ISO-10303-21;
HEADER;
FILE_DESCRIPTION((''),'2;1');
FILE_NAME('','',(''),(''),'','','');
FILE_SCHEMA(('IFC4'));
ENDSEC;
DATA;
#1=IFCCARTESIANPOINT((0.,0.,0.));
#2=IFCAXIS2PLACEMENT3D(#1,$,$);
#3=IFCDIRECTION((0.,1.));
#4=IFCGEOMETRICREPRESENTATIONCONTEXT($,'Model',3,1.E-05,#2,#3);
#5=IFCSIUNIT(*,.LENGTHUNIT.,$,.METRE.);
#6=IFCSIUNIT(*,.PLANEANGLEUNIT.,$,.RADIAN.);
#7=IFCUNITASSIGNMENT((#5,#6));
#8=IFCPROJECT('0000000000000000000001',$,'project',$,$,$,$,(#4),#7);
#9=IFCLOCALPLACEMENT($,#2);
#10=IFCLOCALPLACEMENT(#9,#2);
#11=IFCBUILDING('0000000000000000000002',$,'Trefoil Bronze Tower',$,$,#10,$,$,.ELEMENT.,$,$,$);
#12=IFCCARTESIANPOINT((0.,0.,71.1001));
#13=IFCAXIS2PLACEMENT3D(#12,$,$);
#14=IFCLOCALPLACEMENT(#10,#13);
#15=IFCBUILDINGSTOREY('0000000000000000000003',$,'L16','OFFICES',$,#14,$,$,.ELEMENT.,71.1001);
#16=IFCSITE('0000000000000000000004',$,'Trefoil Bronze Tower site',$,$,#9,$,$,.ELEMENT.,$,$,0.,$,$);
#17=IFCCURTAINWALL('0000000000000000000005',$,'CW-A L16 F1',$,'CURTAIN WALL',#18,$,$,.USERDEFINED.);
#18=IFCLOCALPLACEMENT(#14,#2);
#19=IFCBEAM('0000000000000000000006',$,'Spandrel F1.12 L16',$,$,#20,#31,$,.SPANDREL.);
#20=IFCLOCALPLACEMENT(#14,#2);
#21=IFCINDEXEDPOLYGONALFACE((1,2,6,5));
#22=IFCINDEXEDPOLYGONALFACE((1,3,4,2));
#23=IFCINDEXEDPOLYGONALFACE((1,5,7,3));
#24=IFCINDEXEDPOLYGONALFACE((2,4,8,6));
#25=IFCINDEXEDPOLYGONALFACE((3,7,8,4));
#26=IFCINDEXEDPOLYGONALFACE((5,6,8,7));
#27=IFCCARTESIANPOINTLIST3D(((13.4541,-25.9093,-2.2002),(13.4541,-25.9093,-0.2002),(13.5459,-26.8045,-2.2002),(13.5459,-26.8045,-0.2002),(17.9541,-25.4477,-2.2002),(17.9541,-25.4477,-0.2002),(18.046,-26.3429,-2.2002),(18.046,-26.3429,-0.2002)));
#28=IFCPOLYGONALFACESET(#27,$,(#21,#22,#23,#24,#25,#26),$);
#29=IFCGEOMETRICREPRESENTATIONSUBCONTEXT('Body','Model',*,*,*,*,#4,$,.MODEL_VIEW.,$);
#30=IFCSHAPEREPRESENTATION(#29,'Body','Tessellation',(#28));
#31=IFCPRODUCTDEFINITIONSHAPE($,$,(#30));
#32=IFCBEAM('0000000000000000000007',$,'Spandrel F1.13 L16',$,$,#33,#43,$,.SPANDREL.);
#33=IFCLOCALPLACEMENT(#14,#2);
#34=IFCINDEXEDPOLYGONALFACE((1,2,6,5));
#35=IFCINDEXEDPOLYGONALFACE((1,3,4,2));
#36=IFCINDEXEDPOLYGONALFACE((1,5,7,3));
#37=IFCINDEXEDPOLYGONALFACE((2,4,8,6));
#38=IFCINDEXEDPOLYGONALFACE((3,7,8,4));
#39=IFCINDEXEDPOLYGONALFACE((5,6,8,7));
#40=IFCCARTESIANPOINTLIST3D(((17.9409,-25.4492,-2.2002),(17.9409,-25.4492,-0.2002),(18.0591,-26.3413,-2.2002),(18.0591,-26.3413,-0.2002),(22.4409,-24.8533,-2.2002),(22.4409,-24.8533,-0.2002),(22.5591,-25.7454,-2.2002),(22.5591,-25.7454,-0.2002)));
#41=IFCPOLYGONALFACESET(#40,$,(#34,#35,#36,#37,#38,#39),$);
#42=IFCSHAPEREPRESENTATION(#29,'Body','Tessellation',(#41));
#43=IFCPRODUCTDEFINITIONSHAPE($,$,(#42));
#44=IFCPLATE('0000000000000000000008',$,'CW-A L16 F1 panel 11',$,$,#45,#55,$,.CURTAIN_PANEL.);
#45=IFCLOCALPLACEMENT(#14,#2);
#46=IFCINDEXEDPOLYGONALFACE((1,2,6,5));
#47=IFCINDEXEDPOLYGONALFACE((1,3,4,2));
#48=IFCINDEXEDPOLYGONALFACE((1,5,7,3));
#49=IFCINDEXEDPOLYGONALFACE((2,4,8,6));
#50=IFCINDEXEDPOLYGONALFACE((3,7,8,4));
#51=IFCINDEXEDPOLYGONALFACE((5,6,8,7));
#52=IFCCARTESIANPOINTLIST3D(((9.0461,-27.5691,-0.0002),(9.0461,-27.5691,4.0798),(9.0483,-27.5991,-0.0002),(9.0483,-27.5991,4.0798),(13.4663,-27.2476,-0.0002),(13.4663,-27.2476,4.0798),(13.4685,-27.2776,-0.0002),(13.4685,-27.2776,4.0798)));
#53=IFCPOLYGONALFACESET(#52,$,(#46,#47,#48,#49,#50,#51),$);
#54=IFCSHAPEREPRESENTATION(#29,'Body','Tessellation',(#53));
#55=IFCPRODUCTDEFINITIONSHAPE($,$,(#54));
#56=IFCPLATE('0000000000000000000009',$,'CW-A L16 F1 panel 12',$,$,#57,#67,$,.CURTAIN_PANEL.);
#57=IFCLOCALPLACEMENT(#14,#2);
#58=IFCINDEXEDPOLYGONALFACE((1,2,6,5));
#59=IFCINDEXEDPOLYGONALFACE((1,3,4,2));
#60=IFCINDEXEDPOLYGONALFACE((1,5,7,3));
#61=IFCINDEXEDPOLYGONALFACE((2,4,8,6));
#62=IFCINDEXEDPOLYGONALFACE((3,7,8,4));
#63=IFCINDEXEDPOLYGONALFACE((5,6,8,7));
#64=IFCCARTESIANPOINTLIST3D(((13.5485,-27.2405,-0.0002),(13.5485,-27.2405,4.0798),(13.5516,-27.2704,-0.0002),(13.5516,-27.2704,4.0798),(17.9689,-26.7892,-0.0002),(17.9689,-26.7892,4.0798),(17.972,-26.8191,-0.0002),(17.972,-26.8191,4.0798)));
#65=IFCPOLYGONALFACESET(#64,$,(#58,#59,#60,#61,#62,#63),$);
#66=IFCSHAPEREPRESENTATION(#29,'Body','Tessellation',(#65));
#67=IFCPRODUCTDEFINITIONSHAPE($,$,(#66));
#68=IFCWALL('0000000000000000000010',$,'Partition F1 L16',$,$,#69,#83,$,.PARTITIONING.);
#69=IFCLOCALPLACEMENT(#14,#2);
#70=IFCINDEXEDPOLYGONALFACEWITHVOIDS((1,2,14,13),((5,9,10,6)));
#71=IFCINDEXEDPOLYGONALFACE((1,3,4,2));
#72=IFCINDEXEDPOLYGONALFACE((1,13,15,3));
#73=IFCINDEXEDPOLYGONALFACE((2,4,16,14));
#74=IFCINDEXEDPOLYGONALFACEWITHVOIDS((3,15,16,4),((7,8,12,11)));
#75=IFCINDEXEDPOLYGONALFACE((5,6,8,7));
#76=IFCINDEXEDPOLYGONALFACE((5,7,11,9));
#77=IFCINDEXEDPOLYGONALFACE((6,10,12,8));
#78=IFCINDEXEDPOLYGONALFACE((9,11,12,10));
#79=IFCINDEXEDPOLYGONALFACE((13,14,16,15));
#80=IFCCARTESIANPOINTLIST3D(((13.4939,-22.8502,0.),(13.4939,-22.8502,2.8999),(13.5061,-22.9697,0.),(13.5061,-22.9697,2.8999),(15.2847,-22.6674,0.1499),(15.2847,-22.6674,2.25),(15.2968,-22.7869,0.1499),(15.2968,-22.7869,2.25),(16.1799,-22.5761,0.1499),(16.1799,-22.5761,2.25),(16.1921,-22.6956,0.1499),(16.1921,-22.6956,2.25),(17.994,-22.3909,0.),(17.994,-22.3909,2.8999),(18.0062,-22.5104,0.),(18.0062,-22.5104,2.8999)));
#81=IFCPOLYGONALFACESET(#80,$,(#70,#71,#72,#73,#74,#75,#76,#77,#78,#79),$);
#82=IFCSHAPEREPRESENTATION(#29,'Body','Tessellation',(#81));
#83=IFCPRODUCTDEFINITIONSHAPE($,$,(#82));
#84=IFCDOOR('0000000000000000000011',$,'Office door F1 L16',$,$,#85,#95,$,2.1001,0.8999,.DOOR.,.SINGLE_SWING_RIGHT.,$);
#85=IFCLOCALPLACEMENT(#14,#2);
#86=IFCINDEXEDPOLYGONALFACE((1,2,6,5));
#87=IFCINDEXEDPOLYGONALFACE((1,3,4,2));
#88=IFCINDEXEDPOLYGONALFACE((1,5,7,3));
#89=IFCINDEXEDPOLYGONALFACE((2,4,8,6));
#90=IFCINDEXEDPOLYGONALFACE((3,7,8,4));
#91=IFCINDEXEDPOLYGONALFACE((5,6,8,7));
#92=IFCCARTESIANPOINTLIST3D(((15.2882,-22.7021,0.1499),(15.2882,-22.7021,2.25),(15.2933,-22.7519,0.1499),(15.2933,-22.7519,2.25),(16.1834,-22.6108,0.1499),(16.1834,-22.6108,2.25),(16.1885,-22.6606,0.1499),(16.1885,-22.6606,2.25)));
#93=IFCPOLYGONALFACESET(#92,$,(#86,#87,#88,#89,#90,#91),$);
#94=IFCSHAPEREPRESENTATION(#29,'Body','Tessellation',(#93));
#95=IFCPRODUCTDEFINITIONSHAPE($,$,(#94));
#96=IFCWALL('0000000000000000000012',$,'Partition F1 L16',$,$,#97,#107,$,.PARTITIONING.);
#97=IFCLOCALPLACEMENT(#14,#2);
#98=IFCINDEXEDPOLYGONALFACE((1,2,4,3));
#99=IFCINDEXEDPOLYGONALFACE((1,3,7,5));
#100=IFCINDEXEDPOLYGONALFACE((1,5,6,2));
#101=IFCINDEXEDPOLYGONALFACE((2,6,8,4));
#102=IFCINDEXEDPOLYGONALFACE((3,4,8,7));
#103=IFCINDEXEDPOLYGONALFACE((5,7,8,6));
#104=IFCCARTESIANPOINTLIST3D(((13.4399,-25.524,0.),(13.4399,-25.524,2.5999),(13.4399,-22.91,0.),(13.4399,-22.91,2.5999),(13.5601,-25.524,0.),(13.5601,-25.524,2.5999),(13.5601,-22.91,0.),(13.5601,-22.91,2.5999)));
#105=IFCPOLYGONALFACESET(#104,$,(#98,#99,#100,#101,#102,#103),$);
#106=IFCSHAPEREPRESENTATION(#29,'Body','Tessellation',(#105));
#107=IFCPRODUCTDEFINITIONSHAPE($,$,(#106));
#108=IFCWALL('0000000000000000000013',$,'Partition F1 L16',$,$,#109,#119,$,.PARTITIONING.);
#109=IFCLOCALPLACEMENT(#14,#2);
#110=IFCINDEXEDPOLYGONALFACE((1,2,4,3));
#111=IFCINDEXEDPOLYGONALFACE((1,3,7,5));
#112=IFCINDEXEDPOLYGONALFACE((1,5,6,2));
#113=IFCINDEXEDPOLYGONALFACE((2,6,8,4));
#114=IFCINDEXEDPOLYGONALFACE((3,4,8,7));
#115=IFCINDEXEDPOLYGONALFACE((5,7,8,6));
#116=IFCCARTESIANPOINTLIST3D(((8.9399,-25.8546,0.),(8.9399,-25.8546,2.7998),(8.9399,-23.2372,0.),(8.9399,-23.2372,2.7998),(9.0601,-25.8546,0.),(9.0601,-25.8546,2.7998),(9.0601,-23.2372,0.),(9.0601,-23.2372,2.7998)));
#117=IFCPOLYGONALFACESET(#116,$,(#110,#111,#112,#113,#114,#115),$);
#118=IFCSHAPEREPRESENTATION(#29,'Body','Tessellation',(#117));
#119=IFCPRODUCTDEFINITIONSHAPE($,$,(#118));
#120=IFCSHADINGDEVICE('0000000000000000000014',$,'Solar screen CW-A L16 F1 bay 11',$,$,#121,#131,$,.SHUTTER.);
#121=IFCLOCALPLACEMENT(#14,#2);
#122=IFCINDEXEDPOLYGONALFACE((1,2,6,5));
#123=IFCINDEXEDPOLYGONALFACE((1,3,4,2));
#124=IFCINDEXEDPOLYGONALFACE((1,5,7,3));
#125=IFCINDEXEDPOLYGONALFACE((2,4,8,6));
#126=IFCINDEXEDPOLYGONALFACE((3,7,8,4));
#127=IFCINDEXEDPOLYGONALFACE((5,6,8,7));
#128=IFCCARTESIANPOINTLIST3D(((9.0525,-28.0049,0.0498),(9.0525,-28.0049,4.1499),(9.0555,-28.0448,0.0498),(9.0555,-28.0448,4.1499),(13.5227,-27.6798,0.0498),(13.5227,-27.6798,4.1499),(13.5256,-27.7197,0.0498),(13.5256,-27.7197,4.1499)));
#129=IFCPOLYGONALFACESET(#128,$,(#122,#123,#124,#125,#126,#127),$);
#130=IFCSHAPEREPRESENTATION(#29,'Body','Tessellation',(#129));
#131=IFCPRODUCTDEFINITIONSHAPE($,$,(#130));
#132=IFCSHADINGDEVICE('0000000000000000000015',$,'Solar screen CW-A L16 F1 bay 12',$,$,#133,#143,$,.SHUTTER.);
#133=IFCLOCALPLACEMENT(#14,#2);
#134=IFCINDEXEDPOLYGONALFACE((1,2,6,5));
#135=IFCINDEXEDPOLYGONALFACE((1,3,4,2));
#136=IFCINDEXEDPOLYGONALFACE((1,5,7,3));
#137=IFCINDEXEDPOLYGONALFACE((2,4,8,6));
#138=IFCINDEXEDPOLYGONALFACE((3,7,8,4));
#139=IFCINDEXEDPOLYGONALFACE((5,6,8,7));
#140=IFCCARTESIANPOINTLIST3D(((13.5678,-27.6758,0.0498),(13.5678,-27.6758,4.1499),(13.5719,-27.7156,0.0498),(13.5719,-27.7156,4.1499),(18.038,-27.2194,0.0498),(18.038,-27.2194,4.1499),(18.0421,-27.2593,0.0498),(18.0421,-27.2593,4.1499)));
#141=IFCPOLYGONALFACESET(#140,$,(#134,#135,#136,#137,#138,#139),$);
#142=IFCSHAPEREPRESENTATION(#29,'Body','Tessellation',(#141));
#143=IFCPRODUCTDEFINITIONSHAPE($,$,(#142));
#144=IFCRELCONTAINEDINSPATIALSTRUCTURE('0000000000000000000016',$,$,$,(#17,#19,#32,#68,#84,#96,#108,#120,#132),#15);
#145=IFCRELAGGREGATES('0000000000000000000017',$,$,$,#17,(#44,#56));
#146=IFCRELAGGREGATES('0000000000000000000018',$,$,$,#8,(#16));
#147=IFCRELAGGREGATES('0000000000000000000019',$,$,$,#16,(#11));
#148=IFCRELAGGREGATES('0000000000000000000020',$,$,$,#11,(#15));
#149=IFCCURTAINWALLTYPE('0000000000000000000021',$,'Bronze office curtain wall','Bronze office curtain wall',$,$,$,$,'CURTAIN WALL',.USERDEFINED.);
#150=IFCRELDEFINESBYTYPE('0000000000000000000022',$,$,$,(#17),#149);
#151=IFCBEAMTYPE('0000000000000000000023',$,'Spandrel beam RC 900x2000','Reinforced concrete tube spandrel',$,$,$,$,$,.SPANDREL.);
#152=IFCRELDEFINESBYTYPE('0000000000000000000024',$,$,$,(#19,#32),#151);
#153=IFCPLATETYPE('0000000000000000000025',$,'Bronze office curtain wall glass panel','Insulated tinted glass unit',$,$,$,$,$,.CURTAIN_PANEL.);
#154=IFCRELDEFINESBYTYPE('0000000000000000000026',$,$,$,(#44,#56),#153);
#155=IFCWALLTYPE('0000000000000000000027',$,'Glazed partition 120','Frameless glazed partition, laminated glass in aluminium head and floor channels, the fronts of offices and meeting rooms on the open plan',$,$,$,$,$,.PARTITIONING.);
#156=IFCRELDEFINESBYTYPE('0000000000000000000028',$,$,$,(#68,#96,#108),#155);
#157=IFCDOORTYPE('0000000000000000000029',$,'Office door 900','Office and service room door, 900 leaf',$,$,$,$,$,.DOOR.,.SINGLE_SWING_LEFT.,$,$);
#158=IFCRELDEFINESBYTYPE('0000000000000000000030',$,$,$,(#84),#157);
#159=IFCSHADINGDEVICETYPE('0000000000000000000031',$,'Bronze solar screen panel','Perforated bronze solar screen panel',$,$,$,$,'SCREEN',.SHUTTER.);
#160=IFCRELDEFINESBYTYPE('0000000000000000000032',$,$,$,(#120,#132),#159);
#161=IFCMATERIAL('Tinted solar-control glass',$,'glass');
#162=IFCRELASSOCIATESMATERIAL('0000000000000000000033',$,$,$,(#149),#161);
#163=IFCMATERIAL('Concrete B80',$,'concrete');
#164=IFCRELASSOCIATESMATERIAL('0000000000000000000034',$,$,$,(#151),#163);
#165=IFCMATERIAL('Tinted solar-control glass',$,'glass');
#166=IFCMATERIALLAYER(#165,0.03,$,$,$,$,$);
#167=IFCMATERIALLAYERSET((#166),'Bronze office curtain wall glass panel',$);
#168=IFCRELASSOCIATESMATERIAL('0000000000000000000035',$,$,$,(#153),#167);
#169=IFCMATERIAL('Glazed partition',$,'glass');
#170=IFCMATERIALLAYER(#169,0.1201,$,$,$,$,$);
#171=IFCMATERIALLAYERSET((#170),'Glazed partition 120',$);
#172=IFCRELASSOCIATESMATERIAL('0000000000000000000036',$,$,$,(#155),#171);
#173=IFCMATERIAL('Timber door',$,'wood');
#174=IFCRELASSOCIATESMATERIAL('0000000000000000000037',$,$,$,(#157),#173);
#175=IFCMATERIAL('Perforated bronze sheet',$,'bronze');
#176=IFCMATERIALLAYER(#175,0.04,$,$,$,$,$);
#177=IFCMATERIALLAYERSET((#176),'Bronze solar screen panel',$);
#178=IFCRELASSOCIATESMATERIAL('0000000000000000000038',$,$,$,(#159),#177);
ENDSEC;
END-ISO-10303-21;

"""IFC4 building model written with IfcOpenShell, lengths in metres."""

from ifc_helpers import new_model, si_unit, direction, frame, frame_2d, origin, origin_2d, place, context, subcontext, project, spatial, rectangle, extrude, material, layer, layer_set, material_profile, profile_set, type_object, element, fill, aggregate, save


model = new_model("IFC4")

# Units and contexts
model_context = context("Model", 3, precision=1e-05, world=origin(), true_north=direction((0.0, 1.0)))
body_context = subcontext(model_context, "Body", "Model", "MODEL_VIEW")
ifc_project = project(units=[si_unit("LENGTHUNIT", "METRE"), si_unit("PLANEANGLEUNIT", "RADIAN")], contexts=[model_context])

# Site, building, storey
site_placement = place(None, origin())
site = spatial("IfcSite", under=ifc_project, at=site_placement, Name="Trefoil Bronze Tower site", CompositionType="ELEMENT", RefElevation=0.0)
building_placement = place(site_placement, origin())
building = spatial("IfcBuilding", under=site, at=building_placement, Name="Trefoil Bronze Tower", CompositionType="ELEMENT")
storey_placement = place(building_placement, frame((0.0, 0.0, 71.1001)))
storey = spatial("IfcBuildingStorey", under=building, at=storey_placement, Name="L16", Description="OFFICES", CompositionType="ELEMENT", Elevation=71.1001)

# Curtain wall
ifc_material_1 = material(Name="Tinted solar-control glass", Category="glass")
curtain_wall_type = type_object("IfcCurtainWallType", Name="Bronze office curtain wall", Description="Bronze office curtain wall", ElementType="CURTAIN WALL", PredefinedType="USERDEFINED", material=ifc_material_1)
curtain_wall_placement = place(storey_placement, origin())
curtain_wall = element("IfcCurtainWall", 1, at=curtain_wall_placement, inside=storey, type_object=curtain_wall_type, Name="CW-A L16 F1", ObjectType="CURTAIN WALL", PredefinedType="USERDEFINED")

# Beams
ifc_material_2 = material(Name="Concrete B80", Category="concrete")
ifc_material_profile_1 = material_profile(ifc_material_2, rectangle(XDim=0.8999, YDim=2.0, at=origin_2d()), Name="RC 900x2000")
ifc_profile_set_1 = profile_set([ifc_material_profile_1], Name="Concrete B80")
beam_type_1 = type_object("IfcBeamType", Name="Spandrel beam RC 900x2000", Description="Reinforced concrete tube spandrel", PredefinedType="SPANDREL", material=ifc_profile_set_1)
beam_1_placement = place(storey_placement, frame((13.5, -26.3569, -1.2002), z_axis=(0.994778, 0.102058, 0.0), x_axis=(-0.102058, 0.994778, 0.0)))
element("IfcBeam", 2, at=beam_1_placement, inside=storey, type_object=beam_type_1, Name="Spandrel F1.12 L16", PredefinedType="SPANDREL", context=body_context, shape_type="SweptSolid", body=[
    extrude(rectangle(XDim=0.8999, YDim=2.0, at=origin_2d()), origin(), (0.0, 0.0, 1.0), 4.5237),
])
beam_2_placement = place(storey_placement, frame((18.0, -25.8953, -1.2002), z_axis=(0.991344, 0.131286, 0.0), x_axis=(-0.131286, 0.991344, 0.0)))
element("IfcBeam", 3, at=beam_2_placement, inside=storey, type_object=beam_type_1, Name="Spandrel F1.13 L16", PredefinedType="SPANDREL", context=body_context, shape_type="SweptSolid", body=[
    extrude(rectangle(XDim=0.8999, YDim=2.0, at=origin_2d()), origin(), (0.0, 0.0, 1.0), 4.5393),
])

# Plates
ifc_material_3 = material(Name="Tinted solar-control glass", Category="glass")
ifc_layer_1 = layer(ifc_material_3, 0.03)
ifc_layer_set_1 = layer_set([ifc_layer_1], Name="Bronze office curtain wall glass panel")
plate_type = type_object("IfcPlateType", Name="Bronze office curtain wall glass panel", Description="Insulated tinted glass unit", PredefinedType="CURTAIN_PANEL", material=ifc_layer_set_1)
plate_1_placement = place(storey_placement, frame((11.2573, -27.4233, -0.0002), z_axis=(0.0, 0.0, 1.0), x_axis=(0.997365, 0.072547, 0.0)))
plate_1 = element("IfcPlate", 4, at=plate_1_placement, type_object=plate_type, Name="CW-A L16 F1 panel 11", PredefinedType="CURTAIN_PANEL", context=body_context, shape_type="SweptSolid", body=[
    extrude(rectangle(XDim=4.4319, YDim=0.03, at=origin_2d()), origin(), (0.0, 0.0, 1.0), 4.0801),
])
plate_2_placement = place(storey_placement, frame((15.7603, -27.0298, -0.0002), z_axis=(0.0, 0.0, 1.0), x_axis=(0.994829, 0.101565, 0.0)))
plate_2 = element("IfcPlate", 5, at=plate_2_placement, type_object=plate_type, Name="CW-A L16 F1 panel 12", PredefinedType="CURTAIN_PANEL", context=body_context, shape_type="SweptSolid", body=[
    extrude(rectangle(XDim=4.4434, YDim=0.03, at=origin_2d()), origin(), (0.0, 0.0, 1.0), 4.0801),
])
aggregate(curtain_wall, [plate_1, plate_2])

# Wall, opening, door
ifc_material_4 = material(Name="Glazed partition", Category="glass")
ifc_layer_2 = layer(ifc_material_4, 0.1201)
ifc_layer_set_2 = layer_set([ifc_layer_2], Name="Glazed partition 120")
wall_type = type_object("IfcWallType", Name="Glazed partition 120", Description="Frameless glazed partition, laminated glass in aluminium head and floor channels, the fronts of offices and meeting rooms on the open plan", PredefinedType="PARTITIONING", material=ifc_layer_set_2)
wall_1_placement = place(storey_placement, frame((13.5, -22.9099, 0.0), z_axis=(0.0, 0.0, 1.0), x_axis=(0.994833, 0.101523, 0.0)))
wall_1 = element("IfcWall", 6, at=wall_1_placement, inside=storey, type_object=wall_type, Name="Partition F1 L16", PredefinedType="PARTITIONING", context=body_context, shape_type="SweptSolid", body=[
    extrude(rectangle(XDim=4.5234, YDim=0.1201, at=frame_2d((2.2617, 0.0))), origin(), (0.0, 0.0, 1.0), 2.8999),
])
opening_placement = place(wall_1_placement, frame((1.8, 0.0, 0.1499)))
opening = element("IfcOpeningElement", 7, at=opening_placement, cuts=wall_1, PredefinedType="OPENING", context=body_context, shape_type="SweptSolid", body=[
    extrude(rectangle(XDim=0.8999, YDim=2.1001, at=frame_2d((0.45, 1.05))), frame((0.0, 0.0701, 0.0), z_axis=(0.0, -1.0, 0.0), x_axis=(1.0, 0.0, 0.0)), (0.0, 0.0, 1.0), 0.1401),
])
ifc_material_5 = material(Name="Timber door", Category="wood")
door_type = type_object("IfcDoorType", Name="Office door 900", Description="Office and service room door, 900 leaf", OperationType="SINGLE_SWING_LEFT", PredefinedType="DOOR", material=ifc_material_5)
door_placement = place(opening_placement, frame((0.8999, 0.0, 0.0), z_axis=(0.0, 0.0, 1.0), x_axis=(-1.0, 0.0, 0.0)))
door = element("IfcDoor", 8, at=door_placement, inside=storey, type_object=door_type, Name="Office door F1 L16", OperationType="SINGLE_SWING_RIGHT", OverallHeight=2.1001, OverallWidth=0.8999, PredefinedType="DOOR", context=body_context, shape_type="SweptSolid", body=[
    extrude(rectangle(XDim=0.8999, YDim=2.1001, at=frame_2d((0.45, 1.05))), frame((0.0, 0.0249, 0.0), z_axis=(0.0, -1.0, 0.0), x_axis=(1.0, 0.0, 0.0)), (0.0, 0.0, 1.0), 0.05),
])
fill(opening, door)

# Walls
wall_2_placement = place(storey_placement, frame((13.5, -22.9099, 0.0), z_axis=(0.0, 0.0, 1.0), x_axis=(0.0, -1.0, 0.0)))
element("IfcWall", 9, at=wall_2_placement, inside=storey, type_object=wall_type, Name="Partition F1 L16", PredefinedType="PARTITIONING", context=body_context, shape_type="SweptSolid", body=[
    extrude(rectangle(XDim=2.614, YDim=0.1201, at=frame_2d((1.3071, 0.0))), origin(), (0.0, 0.0, 1.0), 2.5999),
])
wall_3_placement = place(storey_placement, frame((9.0, -23.2373, 0.0), z_axis=(0.0, 0.0, 1.0), x_axis=(0.0, -1.0, 0.0)))
element("IfcWall", 10, at=wall_3_placement, inside=storey, type_object=wall_type, Name="Partition F1 L16", PredefinedType="PARTITIONING", context=body_context, shape_type="SweptSolid", body=[
    extrude(rectangle(XDim=2.6174, YDim=0.1201, at=frame_2d((1.3086, 0.0))), origin(), (0.0, 0.0, 1.0), 2.7998),
])

# Shading devices
ifc_material_6 = material(Name="Perforated bronze sheet", Category="bronze")
ifc_layer_3 = layer(ifc_material_6, 0.04)
ifc_layer_set_3 = layer_set([ifc_layer_3], Name="Bronze solar screen panel")
shading_device_type = type_object("IfcShadingDeviceType", Name="Bronze solar screen panel", Description="Perforated bronze solar screen panel", ElementType="SCREEN", PredefinedType="SHUTTER", material=ifc_layer_set_3)
shading_device_1_placement = place(storey_placement, frame((11.2891, -27.8623, 0.0498), z_axis=(0.0, 0.0, 1.0), x_axis=(0.997365, 0.072547, 0.0)))
element("IfcShadingDevice", 11, at=shading_device_1_placement, inside=storey, type_object=shading_device_type, Name="Solar screen CW-A L16 F1 bay 11", PredefinedType="SHUTTER", context=body_context, shape_type="SweptSolid", body=[
    extrude(rectangle(XDim=4.4819, YDim=0.04, at=origin_2d()), origin(), (0.0, 0.0, 1.0), 4.1001),
])
shading_device_2_placement = place(storey_placement, frame((15.8049, -27.4675, 0.0498), z_axis=(0.0, 0.0, 1.0), x_axis=(0.994829, 0.101565, 0.0)))
element("IfcShadingDevice", 12, at=shading_device_2_placement, inside=storey, type_object=shading_device_type, Name="Solar screen CW-A L16 F1 bay 12", PredefinedType="SHUTTER", context=body_context, shape_type="SweptSolid", body=[
    extrude(rectangle(XDim=4.4934, YDim=0.04, at=origin_2d()), origin(), (0.0, 0.0, 1.0), 4.1001),
])

save(model, "model.ifc")
